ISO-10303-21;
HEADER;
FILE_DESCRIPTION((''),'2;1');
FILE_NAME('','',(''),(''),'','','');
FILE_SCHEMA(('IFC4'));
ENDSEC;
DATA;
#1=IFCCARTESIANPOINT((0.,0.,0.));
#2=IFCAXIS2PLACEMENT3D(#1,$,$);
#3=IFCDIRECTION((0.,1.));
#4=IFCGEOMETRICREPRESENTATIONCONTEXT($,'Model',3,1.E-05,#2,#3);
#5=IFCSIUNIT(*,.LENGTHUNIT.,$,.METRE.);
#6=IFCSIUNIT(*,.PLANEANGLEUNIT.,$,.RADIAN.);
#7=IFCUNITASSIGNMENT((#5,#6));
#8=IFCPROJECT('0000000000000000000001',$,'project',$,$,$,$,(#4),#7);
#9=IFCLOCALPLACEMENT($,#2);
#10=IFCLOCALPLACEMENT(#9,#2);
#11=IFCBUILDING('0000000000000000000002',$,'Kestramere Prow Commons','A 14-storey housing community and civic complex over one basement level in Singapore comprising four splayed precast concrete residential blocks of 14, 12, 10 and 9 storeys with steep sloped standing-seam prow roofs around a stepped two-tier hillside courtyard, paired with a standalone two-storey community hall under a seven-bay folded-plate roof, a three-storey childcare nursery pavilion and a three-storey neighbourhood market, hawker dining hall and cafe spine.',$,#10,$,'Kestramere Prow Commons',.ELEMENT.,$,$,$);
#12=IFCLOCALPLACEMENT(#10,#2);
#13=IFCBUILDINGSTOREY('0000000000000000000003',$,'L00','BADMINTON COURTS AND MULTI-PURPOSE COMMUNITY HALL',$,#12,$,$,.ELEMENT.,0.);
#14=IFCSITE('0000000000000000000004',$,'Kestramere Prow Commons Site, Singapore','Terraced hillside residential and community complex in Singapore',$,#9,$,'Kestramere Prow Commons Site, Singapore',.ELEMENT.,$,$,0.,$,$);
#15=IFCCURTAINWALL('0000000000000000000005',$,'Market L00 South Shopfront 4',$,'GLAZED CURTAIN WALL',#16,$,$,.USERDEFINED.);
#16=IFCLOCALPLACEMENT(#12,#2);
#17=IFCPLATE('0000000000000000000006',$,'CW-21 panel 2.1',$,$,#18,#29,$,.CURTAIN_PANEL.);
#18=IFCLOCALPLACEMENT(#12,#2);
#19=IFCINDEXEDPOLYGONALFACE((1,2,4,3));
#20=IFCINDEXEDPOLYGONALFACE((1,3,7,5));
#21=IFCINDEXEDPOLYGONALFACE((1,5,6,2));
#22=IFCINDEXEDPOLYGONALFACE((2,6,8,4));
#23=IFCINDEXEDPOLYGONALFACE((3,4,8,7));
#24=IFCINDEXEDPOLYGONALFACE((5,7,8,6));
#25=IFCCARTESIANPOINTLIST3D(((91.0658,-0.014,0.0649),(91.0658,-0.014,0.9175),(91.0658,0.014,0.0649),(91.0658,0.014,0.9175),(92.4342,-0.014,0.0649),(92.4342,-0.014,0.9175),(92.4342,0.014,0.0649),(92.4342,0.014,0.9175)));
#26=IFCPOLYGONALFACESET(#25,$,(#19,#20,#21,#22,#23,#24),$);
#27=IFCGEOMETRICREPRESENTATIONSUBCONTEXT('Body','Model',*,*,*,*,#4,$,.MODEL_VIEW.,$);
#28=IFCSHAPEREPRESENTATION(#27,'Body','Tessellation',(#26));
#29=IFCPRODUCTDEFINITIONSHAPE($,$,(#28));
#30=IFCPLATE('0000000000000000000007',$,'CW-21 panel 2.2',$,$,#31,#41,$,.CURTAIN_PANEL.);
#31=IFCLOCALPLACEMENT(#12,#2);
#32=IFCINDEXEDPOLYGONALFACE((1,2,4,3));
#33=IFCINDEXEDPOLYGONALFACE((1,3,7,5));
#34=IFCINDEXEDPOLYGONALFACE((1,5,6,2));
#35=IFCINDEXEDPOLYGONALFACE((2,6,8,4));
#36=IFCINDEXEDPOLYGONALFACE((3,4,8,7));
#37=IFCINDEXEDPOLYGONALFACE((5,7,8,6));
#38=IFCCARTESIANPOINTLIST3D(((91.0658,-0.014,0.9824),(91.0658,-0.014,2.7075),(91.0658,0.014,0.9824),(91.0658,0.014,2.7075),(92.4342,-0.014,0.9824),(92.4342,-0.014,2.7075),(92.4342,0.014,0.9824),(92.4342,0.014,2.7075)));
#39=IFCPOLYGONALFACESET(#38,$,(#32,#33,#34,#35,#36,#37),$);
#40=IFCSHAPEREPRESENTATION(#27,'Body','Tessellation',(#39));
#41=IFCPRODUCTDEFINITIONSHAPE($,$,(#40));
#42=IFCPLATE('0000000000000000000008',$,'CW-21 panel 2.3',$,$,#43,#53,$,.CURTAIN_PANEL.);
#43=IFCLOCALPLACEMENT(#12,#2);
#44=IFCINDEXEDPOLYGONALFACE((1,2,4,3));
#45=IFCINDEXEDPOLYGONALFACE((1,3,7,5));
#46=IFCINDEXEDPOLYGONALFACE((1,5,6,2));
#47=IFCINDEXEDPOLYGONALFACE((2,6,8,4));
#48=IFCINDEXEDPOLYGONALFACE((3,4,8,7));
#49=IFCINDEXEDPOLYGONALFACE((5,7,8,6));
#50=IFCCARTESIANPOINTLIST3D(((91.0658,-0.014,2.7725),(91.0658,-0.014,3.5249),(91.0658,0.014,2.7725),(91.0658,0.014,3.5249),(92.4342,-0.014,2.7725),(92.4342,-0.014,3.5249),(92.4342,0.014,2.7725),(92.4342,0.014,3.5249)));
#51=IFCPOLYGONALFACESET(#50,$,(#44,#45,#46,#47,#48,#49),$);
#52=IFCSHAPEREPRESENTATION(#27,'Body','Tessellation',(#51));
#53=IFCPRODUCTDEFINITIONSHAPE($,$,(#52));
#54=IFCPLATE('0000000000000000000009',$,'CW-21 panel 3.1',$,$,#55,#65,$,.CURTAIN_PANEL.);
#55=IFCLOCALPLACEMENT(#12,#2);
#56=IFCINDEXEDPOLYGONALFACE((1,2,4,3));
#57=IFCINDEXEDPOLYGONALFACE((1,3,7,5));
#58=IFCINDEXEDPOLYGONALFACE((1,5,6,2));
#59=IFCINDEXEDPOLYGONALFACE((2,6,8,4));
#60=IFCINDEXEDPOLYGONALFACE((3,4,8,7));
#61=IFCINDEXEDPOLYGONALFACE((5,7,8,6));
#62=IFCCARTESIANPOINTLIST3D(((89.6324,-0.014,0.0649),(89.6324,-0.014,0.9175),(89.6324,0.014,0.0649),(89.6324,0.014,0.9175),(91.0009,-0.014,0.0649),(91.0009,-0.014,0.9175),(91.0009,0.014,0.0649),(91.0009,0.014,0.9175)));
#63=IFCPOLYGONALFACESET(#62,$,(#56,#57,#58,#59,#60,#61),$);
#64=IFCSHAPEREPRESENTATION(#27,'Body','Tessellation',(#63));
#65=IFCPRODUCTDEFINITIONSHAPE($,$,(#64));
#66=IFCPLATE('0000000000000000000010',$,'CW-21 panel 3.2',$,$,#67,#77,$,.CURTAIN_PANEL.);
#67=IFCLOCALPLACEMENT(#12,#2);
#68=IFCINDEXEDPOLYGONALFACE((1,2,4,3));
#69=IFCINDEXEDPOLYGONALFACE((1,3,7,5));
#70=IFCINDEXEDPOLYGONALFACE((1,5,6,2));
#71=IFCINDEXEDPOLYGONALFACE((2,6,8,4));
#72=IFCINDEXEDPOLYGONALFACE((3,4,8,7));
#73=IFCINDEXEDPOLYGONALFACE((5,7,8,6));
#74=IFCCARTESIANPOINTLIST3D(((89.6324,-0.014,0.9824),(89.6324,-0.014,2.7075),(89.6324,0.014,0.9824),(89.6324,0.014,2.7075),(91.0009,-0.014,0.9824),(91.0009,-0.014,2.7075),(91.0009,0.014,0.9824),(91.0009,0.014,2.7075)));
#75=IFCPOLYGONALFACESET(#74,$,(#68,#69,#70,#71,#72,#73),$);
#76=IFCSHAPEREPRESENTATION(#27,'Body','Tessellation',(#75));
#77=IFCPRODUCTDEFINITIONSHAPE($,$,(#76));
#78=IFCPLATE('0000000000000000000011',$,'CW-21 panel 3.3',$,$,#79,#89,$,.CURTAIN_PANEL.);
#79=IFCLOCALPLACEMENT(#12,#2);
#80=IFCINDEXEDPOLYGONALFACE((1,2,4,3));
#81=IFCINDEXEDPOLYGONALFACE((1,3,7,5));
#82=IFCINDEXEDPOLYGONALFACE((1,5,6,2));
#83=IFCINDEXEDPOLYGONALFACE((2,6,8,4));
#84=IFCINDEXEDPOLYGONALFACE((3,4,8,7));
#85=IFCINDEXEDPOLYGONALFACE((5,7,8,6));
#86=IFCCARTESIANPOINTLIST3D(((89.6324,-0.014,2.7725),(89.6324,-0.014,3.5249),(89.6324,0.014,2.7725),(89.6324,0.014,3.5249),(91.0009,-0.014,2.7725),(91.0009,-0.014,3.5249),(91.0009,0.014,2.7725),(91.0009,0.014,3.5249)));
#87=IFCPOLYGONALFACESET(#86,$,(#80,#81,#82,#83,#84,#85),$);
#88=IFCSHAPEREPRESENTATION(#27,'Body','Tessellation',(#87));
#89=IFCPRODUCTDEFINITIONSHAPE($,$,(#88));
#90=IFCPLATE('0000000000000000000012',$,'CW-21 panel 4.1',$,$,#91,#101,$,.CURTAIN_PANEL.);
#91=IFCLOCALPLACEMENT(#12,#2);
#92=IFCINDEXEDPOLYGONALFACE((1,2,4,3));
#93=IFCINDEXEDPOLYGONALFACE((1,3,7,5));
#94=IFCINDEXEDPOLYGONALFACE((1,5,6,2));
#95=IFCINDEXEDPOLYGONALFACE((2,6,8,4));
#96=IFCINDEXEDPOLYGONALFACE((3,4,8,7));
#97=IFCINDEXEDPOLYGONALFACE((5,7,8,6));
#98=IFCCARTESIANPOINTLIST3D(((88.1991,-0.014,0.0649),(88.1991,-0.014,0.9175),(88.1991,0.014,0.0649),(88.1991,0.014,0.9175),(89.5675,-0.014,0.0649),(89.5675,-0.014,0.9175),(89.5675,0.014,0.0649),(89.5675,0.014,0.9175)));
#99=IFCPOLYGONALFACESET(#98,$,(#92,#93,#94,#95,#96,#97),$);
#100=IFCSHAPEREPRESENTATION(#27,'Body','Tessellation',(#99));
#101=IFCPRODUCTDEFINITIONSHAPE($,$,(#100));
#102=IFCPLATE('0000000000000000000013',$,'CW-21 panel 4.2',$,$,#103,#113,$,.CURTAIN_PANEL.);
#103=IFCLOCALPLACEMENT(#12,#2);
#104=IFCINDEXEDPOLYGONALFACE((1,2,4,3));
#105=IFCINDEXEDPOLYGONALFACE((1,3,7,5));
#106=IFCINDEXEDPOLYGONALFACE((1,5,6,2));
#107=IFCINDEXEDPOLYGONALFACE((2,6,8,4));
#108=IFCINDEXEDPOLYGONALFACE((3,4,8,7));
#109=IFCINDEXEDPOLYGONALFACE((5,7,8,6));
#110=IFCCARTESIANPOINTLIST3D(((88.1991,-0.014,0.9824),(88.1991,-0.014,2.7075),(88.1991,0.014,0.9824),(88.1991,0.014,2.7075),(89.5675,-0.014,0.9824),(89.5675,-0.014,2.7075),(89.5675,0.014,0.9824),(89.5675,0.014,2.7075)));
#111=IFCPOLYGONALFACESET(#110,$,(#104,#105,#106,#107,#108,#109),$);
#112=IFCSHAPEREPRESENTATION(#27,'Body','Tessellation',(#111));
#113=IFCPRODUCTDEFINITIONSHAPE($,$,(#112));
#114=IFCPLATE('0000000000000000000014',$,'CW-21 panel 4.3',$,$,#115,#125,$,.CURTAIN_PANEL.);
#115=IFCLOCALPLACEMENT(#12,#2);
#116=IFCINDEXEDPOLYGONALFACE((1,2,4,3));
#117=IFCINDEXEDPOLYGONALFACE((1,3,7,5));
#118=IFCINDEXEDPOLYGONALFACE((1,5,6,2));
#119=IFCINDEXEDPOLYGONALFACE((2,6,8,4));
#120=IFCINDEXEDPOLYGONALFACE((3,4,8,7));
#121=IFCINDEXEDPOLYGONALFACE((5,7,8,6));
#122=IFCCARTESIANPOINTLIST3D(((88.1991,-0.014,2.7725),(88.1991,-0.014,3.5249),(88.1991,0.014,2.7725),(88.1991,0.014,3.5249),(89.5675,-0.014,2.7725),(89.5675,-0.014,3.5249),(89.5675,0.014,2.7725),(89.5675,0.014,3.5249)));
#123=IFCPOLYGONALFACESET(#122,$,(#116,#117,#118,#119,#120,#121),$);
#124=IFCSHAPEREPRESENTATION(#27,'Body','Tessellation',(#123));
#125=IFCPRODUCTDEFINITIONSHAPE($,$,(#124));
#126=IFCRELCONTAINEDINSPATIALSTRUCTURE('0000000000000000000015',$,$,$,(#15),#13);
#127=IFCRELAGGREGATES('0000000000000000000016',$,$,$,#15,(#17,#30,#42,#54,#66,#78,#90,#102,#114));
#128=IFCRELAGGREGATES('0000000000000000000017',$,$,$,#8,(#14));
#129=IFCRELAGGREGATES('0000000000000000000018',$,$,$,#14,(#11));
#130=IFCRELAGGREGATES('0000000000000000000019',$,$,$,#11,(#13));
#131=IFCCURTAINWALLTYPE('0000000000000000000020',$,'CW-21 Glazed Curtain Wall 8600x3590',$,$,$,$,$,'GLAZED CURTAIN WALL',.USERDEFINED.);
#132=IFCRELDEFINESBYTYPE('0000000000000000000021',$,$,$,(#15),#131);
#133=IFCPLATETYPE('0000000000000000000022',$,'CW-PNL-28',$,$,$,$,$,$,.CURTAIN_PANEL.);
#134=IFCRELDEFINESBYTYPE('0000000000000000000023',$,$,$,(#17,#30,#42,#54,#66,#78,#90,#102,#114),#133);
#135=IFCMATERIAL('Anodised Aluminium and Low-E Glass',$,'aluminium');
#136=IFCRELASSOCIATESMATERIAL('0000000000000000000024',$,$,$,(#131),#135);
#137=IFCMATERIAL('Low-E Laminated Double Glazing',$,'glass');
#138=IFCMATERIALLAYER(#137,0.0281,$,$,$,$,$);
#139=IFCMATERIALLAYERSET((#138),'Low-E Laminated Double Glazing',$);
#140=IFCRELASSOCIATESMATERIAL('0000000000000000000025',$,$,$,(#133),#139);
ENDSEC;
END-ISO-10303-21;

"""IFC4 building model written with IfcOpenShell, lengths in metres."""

from ifc_helpers import new_model, si_unit, direction, frame, origin, origin_2d, place, context, subcontext, project, spatial, rectangle, extrude, material, layer, layer_set, type_object, element, aggregate, save


model = new_model("IFC4")

# Units and contexts
model_context = context("Model", 3, precision=1e-05, world=origin(), true_north=direction((0.0, 1.0)))
body_context = subcontext(model_context, "Body", "Model", "MODEL_VIEW")
ifc_project = project(units=[si_unit("LENGTHUNIT", "METRE"), si_unit("PLANEANGLEUNIT", "RADIAN")], contexts=[model_context])

# Site, building, storey
site_placement = place(None, origin())
site = spatial("IfcSite", under=ifc_project, at=site_placement, Name="Kestramere Prow Commons Site, Singapore", Description="Terraced hillside residential and community complex in Singapore", LongName="Kestramere Prow Commons Site, Singapore", CompositionType="ELEMENT", RefElevation=0.0)
building_placement = place(site_placement, origin())
building = spatial("IfcBuilding", under=site, at=building_placement, Name="Kestramere Prow Commons", Description="A 14-storey housing community and civic complex over one basement level in Singapore comprising four splayed precast concrete residential blocks of 14, 12, 10 and 9 storeys with steep sloped standing-seam prow roofs around a stepped two-tier hillside courtyard, paired with a standalone two-storey community hall under a seven-bay folded-plate roof, a three-storey childcare nursery pavilion and a three-storey neighbourhood market, hawker dining hall and cafe spine.", LongName="Kestramere Prow Commons", CompositionType="ELEMENT")
storey_placement = place(building_placement, origin())
storey = spatial("IfcBuildingStorey", under=building, at=storey_placement, Name="L00", Description="BADMINTON COURTS AND MULTI-PURPOSE COMMUNITY HALL", CompositionType="ELEMENT", Elevation=0.0)

# Curtain wall, plates
ifc_material_1 = material(Name="Anodised Aluminium and Low-E Glass", Category="aluminium")
curtain_wall_type = type_object("IfcCurtainWallType", Name="CW-21 Glazed Curtain Wall 8600x3590", ElementType="GLAZED CURTAIN WALL", PredefinedType="USERDEFINED", material=ifc_material_1)
curtain_wall_placement = place(storey_placement, origin())
curtain_wall = element("IfcCurtainWall", 1, at=curtain_wall_placement, inside=storey, type_object=curtain_wall_type, Name="Market L00 South Shopfront 4", ObjectType="GLAZED CURTAIN WALL", PredefinedType="USERDEFINED")
ifc_material_2 = material(Name="Low-E Laminated Double Glazing", Category="glass")
ifc_layer = layer(ifc_material_2, 0.0281)
ifc_layer_set = layer_set([ifc_layer], Name="Low-E Laminated Double Glazing")
plate_type = type_object("IfcPlateType", Name="CW-PNL-28", PredefinedType="CURTAIN_PANEL", material=ifc_layer_set)
plate_1_placement = place(storey_placement, frame((91.75, 0.0, 0.0649), z_axis=(0.0, 0.0, 1.0), x_axis=(-1.0, 0.0, 0.0)))
plate_1 = element("IfcPlate", 2, at=plate_1_placement, type_object=plate_type, Name="CW-21 panel 2.1", PredefinedType="CURTAIN_PANEL", context=body_context, shape_type="SweptSolid", body=[
    extrude(rectangle(XDim=1.3684, YDim=0.0281, at=origin_2d()), origin(), (0.0, 0.0, 1.0), 0.8525),
])
plate_2_placement = place(storey_placement, frame((91.75, 0.0, 0.9824), z_axis=(0.0, 0.0, 1.0), x_axis=(-1.0, 0.0, 0.0)))
plate_2 = element("IfcPlate", 3, at=plate_2_placement, type_object=plate_type, Name="CW-21 panel 2.2", PredefinedType="CURTAIN_PANEL", context=body_context, shape_type="SweptSolid", body=[
    extrude(rectangle(XDim=1.3684, YDim=0.0281, at=origin_2d()), origin(), (0.0, 0.0, 1.0), 1.7251),
])
plate_3_placement = place(storey_placement, frame((91.75, 0.0, 2.7725), z_axis=(0.0, 0.0, 1.0), x_axis=(-1.0, 0.0, 0.0)))
plate_3 = element("IfcPlate", 4, at=plate_3_placement, type_object=plate_type, Name="CW-21 panel 2.3", PredefinedType="CURTAIN_PANEL", context=body_context, shape_type="SweptSolid", body=[
    extrude(rectangle(XDim=1.3684, YDim=0.0281, at=origin_2d()), origin(), (0.0, 0.0, 1.0), 0.7524),
])
plate_4_placement = place(storey_placement, frame((90.3167, 0.0, 0.0649), z_axis=(0.0, 0.0, 1.0), x_axis=(-1.0, 0.0, 0.0)))
plate_4 = element("IfcPlate", 5, at=plate_4_placement, type_object=plate_type, Name="CW-21 panel 3.1", PredefinedType="CURTAIN_PANEL", context=body_context, shape_type="SweptSolid", body=[
    extrude(rectangle(XDim=1.3684, YDim=0.0281, at=origin_2d()), origin(), (0.0, 0.0, 1.0), 0.8525),
])
plate_5_placement = place(storey_placement, frame((90.3167, 0.0, 0.9824), z_axis=(0.0, 0.0, 1.0), x_axis=(-1.0, 0.0, 0.0)))
plate_5 = element("IfcPlate", 6, at=plate_5_placement, type_object=plate_type, Name="CW-21 panel 3.2", PredefinedType="CURTAIN_PANEL", context=body_context, shape_type="SweptSolid", body=[
    extrude(rectangle(XDim=1.3684, YDim=0.0281, at=origin_2d()), origin(), (0.0, 0.0, 1.0), 1.7251),
])
plate_6_placement = place(storey_placement, frame((90.3167, 0.0, 2.7725), z_axis=(0.0, 0.0, 1.0), x_axis=(-1.0, 0.0, 0.0)))
plate_6 = element("IfcPlate", 7, at=plate_6_placement, type_object=plate_type, Name="CW-21 panel 3.3", PredefinedType="CURTAIN_PANEL", context=body_context, shape_type="SweptSolid", body=[
    extrude(rectangle(XDim=1.3684, YDim=0.0281, at=origin_2d()), origin(), (0.0, 0.0, 1.0), 0.7524),
])
plate_7_placement = place(storey_placement, frame((88.8833, 0.0, 0.0649), z_axis=(0.0, 0.0, 1.0), x_axis=(-1.0, 0.0, 0.0)))
plate_7 = element("IfcPlate", 8, at=plate_7_placement, type_object=plate_type, Name="CW-21 panel 4.1", PredefinedType="CURTAIN_PANEL", context=body_context, shape_type="SweptSolid", body=[
    extrude(rectangle(XDim=1.3684, YDim=0.0281, at=origin_2d()), origin(), (0.0, 0.0, 1.0), 0.8525),
])
plate_8_placement = place(storey_placement, frame((88.8833, 0.0, 0.9824), z_axis=(0.0, 0.0, 1.0), x_axis=(-1.0, 0.0, 0.0)))
plate_8 = element("IfcPlate", 9, at=plate_8_placement, type_object=plate_type, Name="CW-21 panel 4.2", PredefinedType="CURTAIN_PANEL", context=body_context, shape_type="SweptSolid", body=[
    extrude(rectangle(XDim=1.3684, YDim=0.0281, at=origin_2d()), origin(), (0.0, 0.0, 1.0), 1.7251),
])
plate_9_placement = place(storey_placement, frame((88.8833, 0.0, 2.7725), z_axis=(0.0, 0.0, 1.0), x_axis=(-1.0, 0.0, 0.0)))
plate_9 = element("IfcPlate", 10, at=plate_9_placement, type_object=plate_type, Name="CW-21 panel 4.3", PredefinedType="CURTAIN_PANEL", context=body_context, shape_type="SweptSolid", body=[
    extrude(rectangle(XDim=1.3684, YDim=0.0281, at=origin_2d()), origin(), (0.0, 0.0, 1.0), 0.7524),
])
aggregate(curtain_wall, [plate_1, plate_2, plate_3, plate_4, plate_5, plate_6, plate_7, plate_8, plate_9])

save(model, "model.ifc")
